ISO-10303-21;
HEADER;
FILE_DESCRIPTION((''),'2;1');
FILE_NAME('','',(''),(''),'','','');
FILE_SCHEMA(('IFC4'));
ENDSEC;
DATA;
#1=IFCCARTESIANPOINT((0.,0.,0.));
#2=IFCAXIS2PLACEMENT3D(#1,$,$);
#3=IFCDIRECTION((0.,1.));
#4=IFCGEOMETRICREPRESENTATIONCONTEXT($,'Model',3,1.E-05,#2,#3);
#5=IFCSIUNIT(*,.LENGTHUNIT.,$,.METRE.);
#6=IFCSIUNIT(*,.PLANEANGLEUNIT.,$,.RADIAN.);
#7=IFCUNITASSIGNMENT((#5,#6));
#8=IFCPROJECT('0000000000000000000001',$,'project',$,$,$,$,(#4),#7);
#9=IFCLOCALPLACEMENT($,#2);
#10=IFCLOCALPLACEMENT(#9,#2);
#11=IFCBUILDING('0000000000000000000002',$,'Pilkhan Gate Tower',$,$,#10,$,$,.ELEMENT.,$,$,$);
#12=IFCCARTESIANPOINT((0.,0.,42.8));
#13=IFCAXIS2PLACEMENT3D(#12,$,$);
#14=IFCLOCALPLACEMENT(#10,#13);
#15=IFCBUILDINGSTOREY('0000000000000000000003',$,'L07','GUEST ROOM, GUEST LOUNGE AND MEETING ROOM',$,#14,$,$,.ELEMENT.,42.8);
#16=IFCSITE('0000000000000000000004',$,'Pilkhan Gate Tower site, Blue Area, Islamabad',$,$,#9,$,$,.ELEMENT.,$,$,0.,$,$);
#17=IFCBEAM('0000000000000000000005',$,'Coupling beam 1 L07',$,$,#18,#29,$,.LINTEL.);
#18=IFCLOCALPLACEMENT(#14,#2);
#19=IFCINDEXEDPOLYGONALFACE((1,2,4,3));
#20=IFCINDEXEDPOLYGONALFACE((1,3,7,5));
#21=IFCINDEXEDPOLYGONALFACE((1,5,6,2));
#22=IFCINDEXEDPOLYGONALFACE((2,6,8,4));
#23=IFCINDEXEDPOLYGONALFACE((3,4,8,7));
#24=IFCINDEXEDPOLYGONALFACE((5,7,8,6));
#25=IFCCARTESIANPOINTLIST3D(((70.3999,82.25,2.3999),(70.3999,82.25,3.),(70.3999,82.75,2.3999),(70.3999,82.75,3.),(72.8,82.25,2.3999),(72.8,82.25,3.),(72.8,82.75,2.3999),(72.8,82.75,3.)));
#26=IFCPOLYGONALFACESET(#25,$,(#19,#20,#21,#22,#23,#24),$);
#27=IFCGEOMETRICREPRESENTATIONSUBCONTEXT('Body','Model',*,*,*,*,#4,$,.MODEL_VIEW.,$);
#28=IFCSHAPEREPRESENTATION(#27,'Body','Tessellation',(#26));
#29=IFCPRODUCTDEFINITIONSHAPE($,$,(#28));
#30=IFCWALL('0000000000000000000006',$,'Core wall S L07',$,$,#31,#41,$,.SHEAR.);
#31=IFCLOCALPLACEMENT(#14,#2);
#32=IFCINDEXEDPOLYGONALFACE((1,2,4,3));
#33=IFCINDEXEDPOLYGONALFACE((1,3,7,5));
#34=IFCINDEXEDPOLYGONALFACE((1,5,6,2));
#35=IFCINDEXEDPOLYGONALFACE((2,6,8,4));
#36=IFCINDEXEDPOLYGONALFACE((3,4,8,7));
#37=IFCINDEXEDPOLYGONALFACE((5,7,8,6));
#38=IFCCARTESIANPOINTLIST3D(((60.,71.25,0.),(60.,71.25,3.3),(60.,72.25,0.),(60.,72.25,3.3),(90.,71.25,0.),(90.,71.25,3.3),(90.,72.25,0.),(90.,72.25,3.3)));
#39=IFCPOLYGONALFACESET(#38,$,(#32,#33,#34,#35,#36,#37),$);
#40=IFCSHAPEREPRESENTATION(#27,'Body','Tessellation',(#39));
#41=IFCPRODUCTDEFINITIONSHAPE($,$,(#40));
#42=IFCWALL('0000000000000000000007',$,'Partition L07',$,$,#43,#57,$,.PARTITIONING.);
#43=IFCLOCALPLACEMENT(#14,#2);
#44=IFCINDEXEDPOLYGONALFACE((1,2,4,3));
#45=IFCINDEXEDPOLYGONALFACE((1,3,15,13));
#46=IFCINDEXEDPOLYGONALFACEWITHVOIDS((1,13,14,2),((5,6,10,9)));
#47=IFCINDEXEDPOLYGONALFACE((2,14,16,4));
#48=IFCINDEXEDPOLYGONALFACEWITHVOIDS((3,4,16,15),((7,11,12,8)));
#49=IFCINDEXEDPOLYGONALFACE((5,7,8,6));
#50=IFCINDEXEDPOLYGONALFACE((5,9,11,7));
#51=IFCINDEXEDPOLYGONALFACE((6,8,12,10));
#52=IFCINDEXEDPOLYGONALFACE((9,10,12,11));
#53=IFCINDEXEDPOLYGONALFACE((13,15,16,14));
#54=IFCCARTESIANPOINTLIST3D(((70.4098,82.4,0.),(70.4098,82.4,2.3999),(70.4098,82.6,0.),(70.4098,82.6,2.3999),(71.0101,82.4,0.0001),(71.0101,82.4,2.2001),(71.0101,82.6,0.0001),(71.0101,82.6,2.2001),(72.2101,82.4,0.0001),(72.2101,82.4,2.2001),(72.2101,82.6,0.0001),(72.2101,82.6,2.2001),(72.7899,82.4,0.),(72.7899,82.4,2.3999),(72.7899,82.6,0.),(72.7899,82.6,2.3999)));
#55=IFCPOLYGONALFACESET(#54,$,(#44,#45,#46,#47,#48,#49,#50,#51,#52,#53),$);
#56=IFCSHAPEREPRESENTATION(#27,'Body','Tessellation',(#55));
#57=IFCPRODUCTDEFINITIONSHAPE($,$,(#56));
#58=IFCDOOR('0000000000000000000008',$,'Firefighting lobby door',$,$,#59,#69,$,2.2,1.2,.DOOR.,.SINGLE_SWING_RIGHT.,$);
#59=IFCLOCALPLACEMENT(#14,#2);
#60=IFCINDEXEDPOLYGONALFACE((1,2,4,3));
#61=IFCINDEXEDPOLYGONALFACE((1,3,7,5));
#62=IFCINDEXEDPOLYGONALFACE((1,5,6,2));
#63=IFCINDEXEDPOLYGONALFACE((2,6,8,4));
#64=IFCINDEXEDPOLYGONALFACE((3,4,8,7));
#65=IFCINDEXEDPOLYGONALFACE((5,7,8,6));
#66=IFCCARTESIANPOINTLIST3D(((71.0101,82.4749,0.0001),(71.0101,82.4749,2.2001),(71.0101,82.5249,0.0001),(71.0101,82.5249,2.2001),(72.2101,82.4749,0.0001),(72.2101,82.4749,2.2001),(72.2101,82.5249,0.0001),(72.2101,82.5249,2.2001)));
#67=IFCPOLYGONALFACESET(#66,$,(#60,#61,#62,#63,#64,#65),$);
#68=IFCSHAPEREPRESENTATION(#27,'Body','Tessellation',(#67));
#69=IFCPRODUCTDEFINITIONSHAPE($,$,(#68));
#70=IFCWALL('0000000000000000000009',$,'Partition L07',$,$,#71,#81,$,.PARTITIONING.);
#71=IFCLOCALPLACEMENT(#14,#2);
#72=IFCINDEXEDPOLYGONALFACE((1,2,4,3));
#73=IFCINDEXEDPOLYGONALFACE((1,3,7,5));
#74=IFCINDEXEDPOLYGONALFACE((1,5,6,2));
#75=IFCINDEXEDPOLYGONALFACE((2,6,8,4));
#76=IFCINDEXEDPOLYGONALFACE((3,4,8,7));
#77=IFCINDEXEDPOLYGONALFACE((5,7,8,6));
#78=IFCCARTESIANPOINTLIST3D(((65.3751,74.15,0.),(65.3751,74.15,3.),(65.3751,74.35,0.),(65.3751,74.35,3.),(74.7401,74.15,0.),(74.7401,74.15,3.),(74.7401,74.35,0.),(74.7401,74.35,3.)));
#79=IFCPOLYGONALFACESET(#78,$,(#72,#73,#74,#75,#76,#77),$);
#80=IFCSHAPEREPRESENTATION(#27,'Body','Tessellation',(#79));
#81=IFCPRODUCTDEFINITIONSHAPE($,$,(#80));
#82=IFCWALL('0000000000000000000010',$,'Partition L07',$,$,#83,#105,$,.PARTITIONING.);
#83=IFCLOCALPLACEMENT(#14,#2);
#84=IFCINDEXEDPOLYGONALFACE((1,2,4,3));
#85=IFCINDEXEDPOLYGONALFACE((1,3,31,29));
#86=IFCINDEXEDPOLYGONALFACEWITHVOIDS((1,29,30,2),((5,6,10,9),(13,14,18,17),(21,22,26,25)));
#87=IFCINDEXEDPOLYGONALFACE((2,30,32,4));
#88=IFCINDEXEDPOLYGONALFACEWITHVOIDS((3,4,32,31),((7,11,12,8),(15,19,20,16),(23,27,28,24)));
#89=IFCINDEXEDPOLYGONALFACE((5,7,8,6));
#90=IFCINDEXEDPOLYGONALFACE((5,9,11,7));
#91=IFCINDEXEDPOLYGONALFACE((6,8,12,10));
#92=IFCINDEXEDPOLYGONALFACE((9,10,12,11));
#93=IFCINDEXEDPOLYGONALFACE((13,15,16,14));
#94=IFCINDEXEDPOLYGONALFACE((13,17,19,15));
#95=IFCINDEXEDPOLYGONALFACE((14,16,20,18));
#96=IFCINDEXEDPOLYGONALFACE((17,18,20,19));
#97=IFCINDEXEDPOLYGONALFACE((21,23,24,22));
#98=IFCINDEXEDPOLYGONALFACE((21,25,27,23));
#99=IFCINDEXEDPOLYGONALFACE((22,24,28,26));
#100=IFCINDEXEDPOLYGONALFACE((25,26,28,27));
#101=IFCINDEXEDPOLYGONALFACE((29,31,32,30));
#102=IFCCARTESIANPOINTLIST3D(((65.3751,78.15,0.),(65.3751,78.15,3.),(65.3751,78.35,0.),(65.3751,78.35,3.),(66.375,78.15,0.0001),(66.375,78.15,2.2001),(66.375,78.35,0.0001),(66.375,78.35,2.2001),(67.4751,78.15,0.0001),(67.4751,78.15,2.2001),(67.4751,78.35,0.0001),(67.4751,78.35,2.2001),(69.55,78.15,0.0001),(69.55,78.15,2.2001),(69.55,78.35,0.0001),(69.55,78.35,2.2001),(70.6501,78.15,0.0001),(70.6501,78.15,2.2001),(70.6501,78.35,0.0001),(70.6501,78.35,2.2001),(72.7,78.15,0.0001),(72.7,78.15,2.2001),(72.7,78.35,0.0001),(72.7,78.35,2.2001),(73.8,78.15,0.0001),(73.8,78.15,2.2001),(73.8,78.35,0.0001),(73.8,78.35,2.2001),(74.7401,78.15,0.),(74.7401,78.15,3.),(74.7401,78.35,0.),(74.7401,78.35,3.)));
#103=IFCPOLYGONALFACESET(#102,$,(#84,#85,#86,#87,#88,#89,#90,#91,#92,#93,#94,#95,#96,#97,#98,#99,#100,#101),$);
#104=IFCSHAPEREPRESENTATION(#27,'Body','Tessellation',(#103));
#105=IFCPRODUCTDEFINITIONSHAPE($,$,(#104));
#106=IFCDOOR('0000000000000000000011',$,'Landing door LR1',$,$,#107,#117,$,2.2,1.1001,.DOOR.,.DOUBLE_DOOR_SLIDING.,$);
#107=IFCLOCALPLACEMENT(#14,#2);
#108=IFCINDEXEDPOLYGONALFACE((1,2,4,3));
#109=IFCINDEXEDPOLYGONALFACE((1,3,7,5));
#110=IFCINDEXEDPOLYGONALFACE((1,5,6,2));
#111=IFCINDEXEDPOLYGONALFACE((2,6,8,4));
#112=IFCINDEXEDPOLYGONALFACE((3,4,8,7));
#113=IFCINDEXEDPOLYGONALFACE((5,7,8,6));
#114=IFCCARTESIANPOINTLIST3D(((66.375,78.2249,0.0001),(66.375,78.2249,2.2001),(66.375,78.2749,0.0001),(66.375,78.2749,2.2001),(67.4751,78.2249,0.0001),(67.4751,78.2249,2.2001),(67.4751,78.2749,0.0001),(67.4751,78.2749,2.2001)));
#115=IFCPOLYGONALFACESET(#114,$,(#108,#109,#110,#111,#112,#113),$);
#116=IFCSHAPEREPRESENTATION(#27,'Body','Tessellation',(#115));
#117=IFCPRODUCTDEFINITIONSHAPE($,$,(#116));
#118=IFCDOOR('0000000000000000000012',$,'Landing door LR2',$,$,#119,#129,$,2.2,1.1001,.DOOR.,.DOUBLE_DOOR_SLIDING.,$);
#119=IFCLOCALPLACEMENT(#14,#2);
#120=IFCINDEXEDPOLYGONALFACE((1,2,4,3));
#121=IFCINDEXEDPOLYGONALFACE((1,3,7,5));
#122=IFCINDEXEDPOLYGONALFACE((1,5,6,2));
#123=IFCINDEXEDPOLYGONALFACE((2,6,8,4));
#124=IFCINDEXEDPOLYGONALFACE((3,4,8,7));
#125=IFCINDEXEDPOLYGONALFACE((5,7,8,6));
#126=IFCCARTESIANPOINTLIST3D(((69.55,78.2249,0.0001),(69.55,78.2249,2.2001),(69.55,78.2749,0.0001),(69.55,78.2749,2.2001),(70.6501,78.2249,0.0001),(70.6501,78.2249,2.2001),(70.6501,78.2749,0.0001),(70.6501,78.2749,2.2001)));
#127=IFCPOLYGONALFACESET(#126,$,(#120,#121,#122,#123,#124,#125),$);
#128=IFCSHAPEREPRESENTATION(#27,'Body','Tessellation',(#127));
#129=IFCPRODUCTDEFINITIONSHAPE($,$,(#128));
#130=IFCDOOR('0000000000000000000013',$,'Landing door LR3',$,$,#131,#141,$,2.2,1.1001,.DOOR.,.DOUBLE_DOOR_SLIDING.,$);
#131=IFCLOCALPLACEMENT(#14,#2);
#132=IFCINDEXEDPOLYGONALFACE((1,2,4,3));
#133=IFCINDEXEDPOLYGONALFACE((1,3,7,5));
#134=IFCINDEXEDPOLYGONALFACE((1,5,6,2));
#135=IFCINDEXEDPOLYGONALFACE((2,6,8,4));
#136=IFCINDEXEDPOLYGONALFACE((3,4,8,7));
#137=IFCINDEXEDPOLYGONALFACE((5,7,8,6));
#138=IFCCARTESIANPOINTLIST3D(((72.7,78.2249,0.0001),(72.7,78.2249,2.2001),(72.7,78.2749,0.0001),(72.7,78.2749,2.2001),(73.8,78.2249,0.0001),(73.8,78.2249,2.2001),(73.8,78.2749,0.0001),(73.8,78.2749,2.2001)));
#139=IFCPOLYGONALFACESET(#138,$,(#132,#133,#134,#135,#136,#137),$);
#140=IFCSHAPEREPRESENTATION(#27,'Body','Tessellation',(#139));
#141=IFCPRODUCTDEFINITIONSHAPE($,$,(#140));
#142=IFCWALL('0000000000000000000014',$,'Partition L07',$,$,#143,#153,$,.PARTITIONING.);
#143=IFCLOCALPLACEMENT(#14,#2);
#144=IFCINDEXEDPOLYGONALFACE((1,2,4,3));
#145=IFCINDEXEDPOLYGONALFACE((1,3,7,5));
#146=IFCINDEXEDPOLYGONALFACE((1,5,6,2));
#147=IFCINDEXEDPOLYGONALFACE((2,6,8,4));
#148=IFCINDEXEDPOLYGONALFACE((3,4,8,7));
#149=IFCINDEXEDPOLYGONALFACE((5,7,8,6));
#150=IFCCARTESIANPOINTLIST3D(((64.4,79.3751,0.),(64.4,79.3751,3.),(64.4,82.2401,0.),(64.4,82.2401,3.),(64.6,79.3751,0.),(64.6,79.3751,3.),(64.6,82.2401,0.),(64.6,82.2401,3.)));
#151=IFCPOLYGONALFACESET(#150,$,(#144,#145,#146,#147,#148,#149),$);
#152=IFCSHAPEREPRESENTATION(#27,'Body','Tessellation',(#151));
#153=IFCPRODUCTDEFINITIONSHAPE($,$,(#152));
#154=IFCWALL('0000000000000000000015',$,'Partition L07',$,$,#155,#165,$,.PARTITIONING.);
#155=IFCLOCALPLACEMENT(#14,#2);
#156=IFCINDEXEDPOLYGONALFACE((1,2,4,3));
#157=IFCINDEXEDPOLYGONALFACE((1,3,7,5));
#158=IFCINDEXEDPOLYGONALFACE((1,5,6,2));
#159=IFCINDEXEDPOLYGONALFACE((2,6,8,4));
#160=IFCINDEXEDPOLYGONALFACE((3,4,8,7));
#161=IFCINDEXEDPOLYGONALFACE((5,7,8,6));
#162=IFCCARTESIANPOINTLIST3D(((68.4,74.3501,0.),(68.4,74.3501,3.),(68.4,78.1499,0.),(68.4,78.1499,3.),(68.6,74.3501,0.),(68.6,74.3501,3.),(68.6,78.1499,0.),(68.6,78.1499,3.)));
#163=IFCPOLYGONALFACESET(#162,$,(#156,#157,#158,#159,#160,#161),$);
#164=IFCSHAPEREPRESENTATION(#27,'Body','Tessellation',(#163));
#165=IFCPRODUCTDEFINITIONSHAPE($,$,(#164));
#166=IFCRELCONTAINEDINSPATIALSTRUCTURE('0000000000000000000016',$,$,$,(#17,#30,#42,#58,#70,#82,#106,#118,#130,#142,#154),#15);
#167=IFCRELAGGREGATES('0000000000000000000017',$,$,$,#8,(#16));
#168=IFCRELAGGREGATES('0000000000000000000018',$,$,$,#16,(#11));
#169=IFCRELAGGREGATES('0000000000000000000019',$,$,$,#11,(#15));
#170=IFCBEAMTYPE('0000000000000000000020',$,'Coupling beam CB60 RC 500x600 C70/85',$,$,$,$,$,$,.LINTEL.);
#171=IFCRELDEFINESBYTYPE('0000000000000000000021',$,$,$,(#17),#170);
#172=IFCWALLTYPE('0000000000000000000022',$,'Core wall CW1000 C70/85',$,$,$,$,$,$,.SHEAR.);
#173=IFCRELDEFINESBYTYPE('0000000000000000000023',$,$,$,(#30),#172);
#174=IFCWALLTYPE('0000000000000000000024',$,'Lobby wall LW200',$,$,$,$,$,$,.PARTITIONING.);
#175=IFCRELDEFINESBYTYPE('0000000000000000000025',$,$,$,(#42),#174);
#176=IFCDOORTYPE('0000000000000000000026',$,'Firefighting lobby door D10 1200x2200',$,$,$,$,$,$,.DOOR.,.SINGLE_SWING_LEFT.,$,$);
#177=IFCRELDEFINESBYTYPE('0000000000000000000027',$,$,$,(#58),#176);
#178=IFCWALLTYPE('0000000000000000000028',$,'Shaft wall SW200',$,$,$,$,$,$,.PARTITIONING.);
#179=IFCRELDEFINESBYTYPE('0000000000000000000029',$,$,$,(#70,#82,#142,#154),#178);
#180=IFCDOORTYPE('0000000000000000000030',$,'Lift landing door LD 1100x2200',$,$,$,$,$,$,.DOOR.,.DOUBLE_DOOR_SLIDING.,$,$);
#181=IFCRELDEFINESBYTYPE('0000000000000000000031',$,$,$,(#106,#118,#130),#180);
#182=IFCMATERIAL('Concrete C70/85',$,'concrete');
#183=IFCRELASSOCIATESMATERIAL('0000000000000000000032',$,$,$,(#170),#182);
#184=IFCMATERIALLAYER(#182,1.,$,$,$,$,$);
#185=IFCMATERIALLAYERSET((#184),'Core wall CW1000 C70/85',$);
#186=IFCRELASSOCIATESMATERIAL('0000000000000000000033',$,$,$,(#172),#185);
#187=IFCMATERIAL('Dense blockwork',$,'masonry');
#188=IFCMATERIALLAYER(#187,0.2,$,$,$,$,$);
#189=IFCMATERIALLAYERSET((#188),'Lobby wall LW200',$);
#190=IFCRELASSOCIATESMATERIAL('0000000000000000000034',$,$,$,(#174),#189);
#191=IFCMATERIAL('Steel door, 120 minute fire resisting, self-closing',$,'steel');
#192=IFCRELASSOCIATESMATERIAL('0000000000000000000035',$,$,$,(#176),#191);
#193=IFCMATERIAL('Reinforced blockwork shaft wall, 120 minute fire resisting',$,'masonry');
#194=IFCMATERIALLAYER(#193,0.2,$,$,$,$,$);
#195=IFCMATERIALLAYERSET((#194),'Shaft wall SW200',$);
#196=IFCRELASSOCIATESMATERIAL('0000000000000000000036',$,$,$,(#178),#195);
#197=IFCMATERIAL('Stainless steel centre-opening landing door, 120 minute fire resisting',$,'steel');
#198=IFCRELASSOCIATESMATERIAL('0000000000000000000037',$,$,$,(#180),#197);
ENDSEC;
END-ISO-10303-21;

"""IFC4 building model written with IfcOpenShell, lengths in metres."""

from ifc_helpers import new_model, si_unit, direction, frame, frame_2d, origin, origin_2d, place, context, subcontext, project, spatial, rectangle, extrude, material, layer, layer_set, material_profile, profile_set, type_object, element, fill, save


model = new_model("IFC4")

# Units and contexts
model_context = context("Model", 3, precision=1e-05, world=origin(), true_north=direction((0.0, 1.0)))
body_context = subcontext(model_context, "Body", "Model", "MODEL_VIEW")
ifc_project = project(units=[si_unit("LENGTHUNIT", "METRE"), si_unit("PLANEANGLEUNIT", "RADIAN")], contexts=[model_context])

# Site, building, storey
site_placement = place(None, origin())
site = spatial("IfcSite", under=ifc_project, at=site_placement, Name="Pilkhan Gate Tower site, Blue Area, Islamabad", CompositionType="ELEMENT", RefElevation=0.0)
building_placement = place(site_placement, origin())
building = spatial("IfcBuilding", under=site, at=building_placement, Name="Pilkhan Gate Tower", CompositionType="ELEMENT")
storey_placement = place(building_placement, frame((0.0, 0.0, 42.8)))
storey = spatial("IfcBuildingStorey", under=building, at=storey_placement, Name="L07", Description="GUEST ROOM, GUEST LOUNGE AND MEETING ROOM", CompositionType="ELEMENT", Elevation=42.8)

# Beam
ifc_material_1 = material(Name="Concrete C70/85", Category="concrete")
ifc_material_profile = material_profile(ifc_material_1, rectangle(XDim=0.5, YDim=0.6001, at=origin_2d()), Name="RC 500x600")
ifc_profile_set = profile_set([ifc_material_profile], Name="Concrete C70/85")
beam_type = type_object("IfcBeamType", Name="Coupling beam CB60 RC 500x600 C70/85", PredefinedType="LINTEL", material=ifc_profile_set)
beam_placement = place(storey_placement, frame((70.3999, 82.5, 2.7), z_axis=(1.0, 0.0, 0.0), x_axis=(0.0, 1.0, 0.0)))
element("IfcBeam", 1, at=beam_placement, inside=storey, type_object=beam_type, Name="Coupling beam 1 L07", PredefinedType="LINTEL", context=body_context, shape_type="SweptSolid", body=[
    extrude(rectangle(XDim=0.5, YDim=0.6001, at=origin_2d()), origin(), (0.0, 0.0, 1.0), 2.4001),
])

# Wall
ifc_layer_1 = layer(ifc_material_1, 1.0)
ifc_layer_set_1 = layer_set([ifc_layer_1], Name="Core wall CW1000 C70/85")
wall_type_1 = type_object("IfcWallType", Name="Core wall CW1000 C70/85", PredefinedType="SHEAR", material=ifc_layer_set_1)
wall_1_placement = place(storey_placement, frame((60.0, 71.75, 0.0), z_axis=(0.0, 0.0, 1.0), x_axis=(1.0, 0.0, 0.0)))
element("IfcWall", 2, at=wall_1_placement, inside=storey, type_object=wall_type_1, Name="Core wall S L07", PredefinedType="SHEAR", context=body_context, shape_type="SweptSolid", body=[
    extrude(rectangle(XDim=30.0, YDim=1.0, at=frame_2d((15.0, 0.0))), origin(), (0.0, 0.0, 1.0), 3.3),
])

# Wall, opening, door
ifc_material_2 = material(Name="Dense blockwork", Category="masonry")
ifc_layer_2 = layer(ifc_material_2, 0.2)
ifc_layer_set_2 = layer_set([ifc_layer_2], Name="Lobby wall LW200")
wall_type_2 = type_object("IfcWallType", Name="Lobby wall LW200", PredefinedType="PARTITIONING", material=ifc_layer_set_2)
wall_2_placement = place(storey_placement, frame((70.4099, 82.5, 0.0), z_axis=(0.0, 0.0, 1.0), x_axis=(1.0, 0.0, 0.0)))
wall_2 = element("IfcWall", 3, at=wall_2_placement, inside=storey, type_object=wall_type_2, Name="Partition L07", PredefinedType="PARTITIONING", context=body_context, shape_type="SweptSolid", body=[
    extrude(rectangle(XDim=2.3801, YDim=0.2, at=frame_2d((1.1899, 0.0))), origin(), (0.0, 0.0, 1.0), 2.3999),
])
opening_1_placement = place(wall_2_placement, frame((0.6001, 0.0, 0.0)))
opening_1 = element("IfcOpeningElement", 4, at=opening_1_placement, cuts=wall_2, PredefinedType="OPENING", context=body_context, shape_type="SweptSolid", body=[
    extrude(rectangle(XDim=1.2, YDim=2.2, at=frame_2d((0.6001, 1.1001))), frame((0.0, 0.1099, 0.0), z_axis=(0.0, -1.0, 0.0), x_axis=(1.0, 0.0, 0.0)), (0.0, 0.0, 1.0), 0.22),
])
ifc_material_3 = material(Name="Steel door, 120 minute fire resisting, self-closing", Category="steel")
door_type_1 = type_object("IfcDoorType", Name="Firefighting lobby door D10 1200x2200", OperationType="SINGLE_SWING_LEFT", PredefinedType="DOOR", material=ifc_material_3)
door_1_placement = place(opening_1_placement, origin())
door_1 = element("IfcDoor", 5, at=door_1_placement, inside=storey, type_object=door_type_1, Name="Firefighting lobby door", OperationType="SINGLE_SWING_RIGHT", OverallHeight=2.2, OverallWidth=1.2, PredefinedType="DOOR", context=body_context, shape_type="SweptSolid", body=[
    extrude(rectangle(XDim=1.2, YDim=2.2, at=frame_2d((0.6001, 1.1001))), frame((0.0, 0.0249, 0.0), z_axis=(0.0, -1.0, 0.0), x_axis=(1.0, 0.0, 0.0)), (0.0, 0.0, 1.0), 0.05),
])
fill(opening_1, door_1)

# Wall
ifc_material_4 = material(Name="Reinforced blockwork shaft wall, 120 minute fire resisting", Category="masonry")
ifc_layer_3 = layer(ifc_material_4, 0.2)
ifc_layer_set_3 = layer_set([ifc_layer_3], Name="Shaft wall SW200")
wall_type_3 = type_object("IfcWallType", Name="Shaft wall SW200", PredefinedType="PARTITIONING", material=ifc_layer_set_3)
wall_3_placement = place(storey_placement, frame((65.375, 74.25, 0.0), z_axis=(0.0, 0.0, 1.0), x_axis=(1.0, 0.0, 0.0)))
element("IfcWall", 6, at=wall_3_placement, inside=storey, type_object=wall_type_3, Name="Partition L07", PredefinedType="PARTITIONING", context=body_context, shape_type="SweptSolid", body=[
    extrude(rectangle(XDim=9.365, YDim=0.2, at=frame_2d((4.6826, 0.0))), origin(), (0.0, 0.0, 1.0), 3.0),
])

# Wall, openings, doors
wall_4_placement = place(storey_placement, frame((65.375, 78.25, 0.0), z_axis=(0.0, 0.0, 1.0), x_axis=(1.0, 0.0, 0.0)))
wall_4 = element("IfcWall", 7, at=wall_4_placement, inside=storey, type_object=wall_type_3, Name="Partition L07", PredefinedType="PARTITIONING", context=body_context, shape_type="SweptSolid", body=[
    extrude(rectangle(XDim=9.365, YDim=0.2, at=frame_2d((4.6826, 0.0))), origin(), (0.0, 0.0, 1.0), 3.0),
])
opening_2_placement = place(wall_4_placement, frame((1.0, 0.0, 0.0)))
opening_2 = element("IfcOpeningElement", 8, at=opening_2_placement, cuts=wall_4, PredefinedType="OPENING", context=body_context, shape_type="SweptSolid", body=[
    extrude(rectangle(XDim=1.1001, YDim=2.2, at=frame_2d((0.55, 1.1001))), frame((0.0, 0.1099, 0.0), z_axis=(0.0, -1.0, 0.0), x_axis=(1.0, 0.0, 0.0)), (0.0, 0.0, 1.0), 0.22),
])
opening_3_placement = place(wall_4_placement, frame((4.175, 0.0, 0.0)))
opening_3 = element("IfcOpeningElement", 9, at=opening_3_placement, cuts=wall_4, PredefinedType="OPENING", context=body_context, shape_type="SweptSolid", body=[
    extrude(rectangle(XDim=1.1001, YDim=2.2, at=frame_2d((0.55, 1.1001))), frame((0.0, 0.1099, 0.0), z_axis=(0.0, -1.0, 0.0), x_axis=(1.0, 0.0, 0.0)), (0.0, 0.0, 1.0), 0.22),
])
opening_4_placement = place(wall_4_placement, frame((7.325, 0.0, 0.0)))
opening_4 = element("IfcOpeningElement", 10, at=opening_4_placement, cuts=wall_4, PredefinedType="OPENING", context=body_context, shape_type="SweptSolid", body=[
    extrude(rectangle(XDim=1.1001, YDim=2.2, at=frame_2d((0.55, 1.1001))), frame((0.0, 0.1099, 0.0), z_axis=(0.0, -1.0, 0.0), x_axis=(1.0, 0.0, 0.0)), (0.0, 0.0, 1.0), 0.22),
])
ifc_material_5 = material(Name="Stainless steel centre-opening landing door, 120 minute fire resisting", Category="steel")
door_type_2 = type_object("IfcDoorType", Name="Lift landing door LD 1100x2200", OperationType="DOUBLE_DOOR_SLIDING", PredefinedType="DOOR", material=ifc_material_5)
door_2_placement = place(opening_2_placement, origin())
door_2 = element("IfcDoor", 11, at=door_2_placement, inside=storey, type_object=door_type_2, Name="Landing door LR1", OperationType="DOUBLE_DOOR_SLIDING", OverallHeight=2.2, OverallWidth=1.1001, PredefinedType="DOOR", context=body_context, shape_type="SweptSolid", body=[
    extrude(rectangle(XDim=1.1001, YDim=2.2, at=frame_2d((0.55, 1.1001))), frame((0.0, 0.0249, 0.0), z_axis=(0.0, -1.0, 0.0), x_axis=(1.0, 0.0, 0.0)), (0.0, 0.0, 1.0), 0.05),
])
fill(opening_2, door_2)
door_3_placement = place(opening_3_placement, origin())
door_3 = element("IfcDoor", 12, at=door_3_placement, inside=storey, type_object=door_type_2, Name="Landing door LR2", OperationType="DOUBLE_DOOR_SLIDING", OverallHeight=2.2, OverallWidth=1.1001, PredefinedType="DOOR", context=body_context, shape_type="SweptSolid", body=[
    extrude(rectangle(XDim=1.1001, YDim=2.2, at=frame_2d((0.55, 1.1001))), frame((0.0, 0.0249, 0.0), z_axis=(0.0, -1.0, 0.0), x_axis=(1.0, 0.0, 0.0)), (0.0, 0.0, 1.0), 0.05),
])
fill(opening_3, door_3)
door_4_placement = place(opening_4_placement, origin())
door_4 = element("IfcDoor", 13, at=door_4_placement, inside=storey, type_object=door_type_2, Name="Landing door LR3", OperationType="DOUBLE_DOOR_SLIDING", OverallHeight=2.2, OverallWidth=1.1001, PredefinedType="DOOR", context=body_context, shape_type="SweptSolid", body=[
    extrude(rectangle(XDim=1.1001, YDim=2.2, at=frame_2d((0.55, 1.1001))), frame((0.0, 0.0249, 0.0), z_axis=(0.0, -1.0, 0.0), x_axis=(1.0, 0.0, 0.0)), (0.0, 0.0, 1.0), 0.05),
])
fill(opening_4, door_4)

# Walls
wall_5_placement = place(storey_placement, frame((64.5, 79.375, 0.0), z_axis=(0.0, 0.0, 1.0), x_axis=(0.0, 1.0, 0.0)))
element("IfcWall", 14, at=wall_5_placement, inside=storey, type_object=wall_type_3, Name="Partition L07", PredefinedType="PARTITIONING", context=body_context, shape_type="SweptSolid", body=[
    extrude(rectangle(XDim=2.865, YDim=0.2, at=frame_2d((1.4326, 0.0))), origin(), (0.0, 0.0, 1.0), 3.0),
])
wall_6_placement = place(storey_placement, frame((68.5, 74.3501, 0.0), z_axis=(0.0, 0.0, 1.0), x_axis=(0.0, 1.0, 0.0)))
element("IfcWall", 15, at=wall_6_placement, inside=storey, type_object=wall_type_3, Name="Partition L07", PredefinedType="PARTITIONING", context=body_context, shape_type="SweptSolid", body=[
    extrude(rectangle(XDim=3.7998, YDim=0.2, at=frame_2d((1.8999, 0.0))), origin(), (0.0, 0.0, 1.0), 3.0),
])

save(model, "model.ifc")
